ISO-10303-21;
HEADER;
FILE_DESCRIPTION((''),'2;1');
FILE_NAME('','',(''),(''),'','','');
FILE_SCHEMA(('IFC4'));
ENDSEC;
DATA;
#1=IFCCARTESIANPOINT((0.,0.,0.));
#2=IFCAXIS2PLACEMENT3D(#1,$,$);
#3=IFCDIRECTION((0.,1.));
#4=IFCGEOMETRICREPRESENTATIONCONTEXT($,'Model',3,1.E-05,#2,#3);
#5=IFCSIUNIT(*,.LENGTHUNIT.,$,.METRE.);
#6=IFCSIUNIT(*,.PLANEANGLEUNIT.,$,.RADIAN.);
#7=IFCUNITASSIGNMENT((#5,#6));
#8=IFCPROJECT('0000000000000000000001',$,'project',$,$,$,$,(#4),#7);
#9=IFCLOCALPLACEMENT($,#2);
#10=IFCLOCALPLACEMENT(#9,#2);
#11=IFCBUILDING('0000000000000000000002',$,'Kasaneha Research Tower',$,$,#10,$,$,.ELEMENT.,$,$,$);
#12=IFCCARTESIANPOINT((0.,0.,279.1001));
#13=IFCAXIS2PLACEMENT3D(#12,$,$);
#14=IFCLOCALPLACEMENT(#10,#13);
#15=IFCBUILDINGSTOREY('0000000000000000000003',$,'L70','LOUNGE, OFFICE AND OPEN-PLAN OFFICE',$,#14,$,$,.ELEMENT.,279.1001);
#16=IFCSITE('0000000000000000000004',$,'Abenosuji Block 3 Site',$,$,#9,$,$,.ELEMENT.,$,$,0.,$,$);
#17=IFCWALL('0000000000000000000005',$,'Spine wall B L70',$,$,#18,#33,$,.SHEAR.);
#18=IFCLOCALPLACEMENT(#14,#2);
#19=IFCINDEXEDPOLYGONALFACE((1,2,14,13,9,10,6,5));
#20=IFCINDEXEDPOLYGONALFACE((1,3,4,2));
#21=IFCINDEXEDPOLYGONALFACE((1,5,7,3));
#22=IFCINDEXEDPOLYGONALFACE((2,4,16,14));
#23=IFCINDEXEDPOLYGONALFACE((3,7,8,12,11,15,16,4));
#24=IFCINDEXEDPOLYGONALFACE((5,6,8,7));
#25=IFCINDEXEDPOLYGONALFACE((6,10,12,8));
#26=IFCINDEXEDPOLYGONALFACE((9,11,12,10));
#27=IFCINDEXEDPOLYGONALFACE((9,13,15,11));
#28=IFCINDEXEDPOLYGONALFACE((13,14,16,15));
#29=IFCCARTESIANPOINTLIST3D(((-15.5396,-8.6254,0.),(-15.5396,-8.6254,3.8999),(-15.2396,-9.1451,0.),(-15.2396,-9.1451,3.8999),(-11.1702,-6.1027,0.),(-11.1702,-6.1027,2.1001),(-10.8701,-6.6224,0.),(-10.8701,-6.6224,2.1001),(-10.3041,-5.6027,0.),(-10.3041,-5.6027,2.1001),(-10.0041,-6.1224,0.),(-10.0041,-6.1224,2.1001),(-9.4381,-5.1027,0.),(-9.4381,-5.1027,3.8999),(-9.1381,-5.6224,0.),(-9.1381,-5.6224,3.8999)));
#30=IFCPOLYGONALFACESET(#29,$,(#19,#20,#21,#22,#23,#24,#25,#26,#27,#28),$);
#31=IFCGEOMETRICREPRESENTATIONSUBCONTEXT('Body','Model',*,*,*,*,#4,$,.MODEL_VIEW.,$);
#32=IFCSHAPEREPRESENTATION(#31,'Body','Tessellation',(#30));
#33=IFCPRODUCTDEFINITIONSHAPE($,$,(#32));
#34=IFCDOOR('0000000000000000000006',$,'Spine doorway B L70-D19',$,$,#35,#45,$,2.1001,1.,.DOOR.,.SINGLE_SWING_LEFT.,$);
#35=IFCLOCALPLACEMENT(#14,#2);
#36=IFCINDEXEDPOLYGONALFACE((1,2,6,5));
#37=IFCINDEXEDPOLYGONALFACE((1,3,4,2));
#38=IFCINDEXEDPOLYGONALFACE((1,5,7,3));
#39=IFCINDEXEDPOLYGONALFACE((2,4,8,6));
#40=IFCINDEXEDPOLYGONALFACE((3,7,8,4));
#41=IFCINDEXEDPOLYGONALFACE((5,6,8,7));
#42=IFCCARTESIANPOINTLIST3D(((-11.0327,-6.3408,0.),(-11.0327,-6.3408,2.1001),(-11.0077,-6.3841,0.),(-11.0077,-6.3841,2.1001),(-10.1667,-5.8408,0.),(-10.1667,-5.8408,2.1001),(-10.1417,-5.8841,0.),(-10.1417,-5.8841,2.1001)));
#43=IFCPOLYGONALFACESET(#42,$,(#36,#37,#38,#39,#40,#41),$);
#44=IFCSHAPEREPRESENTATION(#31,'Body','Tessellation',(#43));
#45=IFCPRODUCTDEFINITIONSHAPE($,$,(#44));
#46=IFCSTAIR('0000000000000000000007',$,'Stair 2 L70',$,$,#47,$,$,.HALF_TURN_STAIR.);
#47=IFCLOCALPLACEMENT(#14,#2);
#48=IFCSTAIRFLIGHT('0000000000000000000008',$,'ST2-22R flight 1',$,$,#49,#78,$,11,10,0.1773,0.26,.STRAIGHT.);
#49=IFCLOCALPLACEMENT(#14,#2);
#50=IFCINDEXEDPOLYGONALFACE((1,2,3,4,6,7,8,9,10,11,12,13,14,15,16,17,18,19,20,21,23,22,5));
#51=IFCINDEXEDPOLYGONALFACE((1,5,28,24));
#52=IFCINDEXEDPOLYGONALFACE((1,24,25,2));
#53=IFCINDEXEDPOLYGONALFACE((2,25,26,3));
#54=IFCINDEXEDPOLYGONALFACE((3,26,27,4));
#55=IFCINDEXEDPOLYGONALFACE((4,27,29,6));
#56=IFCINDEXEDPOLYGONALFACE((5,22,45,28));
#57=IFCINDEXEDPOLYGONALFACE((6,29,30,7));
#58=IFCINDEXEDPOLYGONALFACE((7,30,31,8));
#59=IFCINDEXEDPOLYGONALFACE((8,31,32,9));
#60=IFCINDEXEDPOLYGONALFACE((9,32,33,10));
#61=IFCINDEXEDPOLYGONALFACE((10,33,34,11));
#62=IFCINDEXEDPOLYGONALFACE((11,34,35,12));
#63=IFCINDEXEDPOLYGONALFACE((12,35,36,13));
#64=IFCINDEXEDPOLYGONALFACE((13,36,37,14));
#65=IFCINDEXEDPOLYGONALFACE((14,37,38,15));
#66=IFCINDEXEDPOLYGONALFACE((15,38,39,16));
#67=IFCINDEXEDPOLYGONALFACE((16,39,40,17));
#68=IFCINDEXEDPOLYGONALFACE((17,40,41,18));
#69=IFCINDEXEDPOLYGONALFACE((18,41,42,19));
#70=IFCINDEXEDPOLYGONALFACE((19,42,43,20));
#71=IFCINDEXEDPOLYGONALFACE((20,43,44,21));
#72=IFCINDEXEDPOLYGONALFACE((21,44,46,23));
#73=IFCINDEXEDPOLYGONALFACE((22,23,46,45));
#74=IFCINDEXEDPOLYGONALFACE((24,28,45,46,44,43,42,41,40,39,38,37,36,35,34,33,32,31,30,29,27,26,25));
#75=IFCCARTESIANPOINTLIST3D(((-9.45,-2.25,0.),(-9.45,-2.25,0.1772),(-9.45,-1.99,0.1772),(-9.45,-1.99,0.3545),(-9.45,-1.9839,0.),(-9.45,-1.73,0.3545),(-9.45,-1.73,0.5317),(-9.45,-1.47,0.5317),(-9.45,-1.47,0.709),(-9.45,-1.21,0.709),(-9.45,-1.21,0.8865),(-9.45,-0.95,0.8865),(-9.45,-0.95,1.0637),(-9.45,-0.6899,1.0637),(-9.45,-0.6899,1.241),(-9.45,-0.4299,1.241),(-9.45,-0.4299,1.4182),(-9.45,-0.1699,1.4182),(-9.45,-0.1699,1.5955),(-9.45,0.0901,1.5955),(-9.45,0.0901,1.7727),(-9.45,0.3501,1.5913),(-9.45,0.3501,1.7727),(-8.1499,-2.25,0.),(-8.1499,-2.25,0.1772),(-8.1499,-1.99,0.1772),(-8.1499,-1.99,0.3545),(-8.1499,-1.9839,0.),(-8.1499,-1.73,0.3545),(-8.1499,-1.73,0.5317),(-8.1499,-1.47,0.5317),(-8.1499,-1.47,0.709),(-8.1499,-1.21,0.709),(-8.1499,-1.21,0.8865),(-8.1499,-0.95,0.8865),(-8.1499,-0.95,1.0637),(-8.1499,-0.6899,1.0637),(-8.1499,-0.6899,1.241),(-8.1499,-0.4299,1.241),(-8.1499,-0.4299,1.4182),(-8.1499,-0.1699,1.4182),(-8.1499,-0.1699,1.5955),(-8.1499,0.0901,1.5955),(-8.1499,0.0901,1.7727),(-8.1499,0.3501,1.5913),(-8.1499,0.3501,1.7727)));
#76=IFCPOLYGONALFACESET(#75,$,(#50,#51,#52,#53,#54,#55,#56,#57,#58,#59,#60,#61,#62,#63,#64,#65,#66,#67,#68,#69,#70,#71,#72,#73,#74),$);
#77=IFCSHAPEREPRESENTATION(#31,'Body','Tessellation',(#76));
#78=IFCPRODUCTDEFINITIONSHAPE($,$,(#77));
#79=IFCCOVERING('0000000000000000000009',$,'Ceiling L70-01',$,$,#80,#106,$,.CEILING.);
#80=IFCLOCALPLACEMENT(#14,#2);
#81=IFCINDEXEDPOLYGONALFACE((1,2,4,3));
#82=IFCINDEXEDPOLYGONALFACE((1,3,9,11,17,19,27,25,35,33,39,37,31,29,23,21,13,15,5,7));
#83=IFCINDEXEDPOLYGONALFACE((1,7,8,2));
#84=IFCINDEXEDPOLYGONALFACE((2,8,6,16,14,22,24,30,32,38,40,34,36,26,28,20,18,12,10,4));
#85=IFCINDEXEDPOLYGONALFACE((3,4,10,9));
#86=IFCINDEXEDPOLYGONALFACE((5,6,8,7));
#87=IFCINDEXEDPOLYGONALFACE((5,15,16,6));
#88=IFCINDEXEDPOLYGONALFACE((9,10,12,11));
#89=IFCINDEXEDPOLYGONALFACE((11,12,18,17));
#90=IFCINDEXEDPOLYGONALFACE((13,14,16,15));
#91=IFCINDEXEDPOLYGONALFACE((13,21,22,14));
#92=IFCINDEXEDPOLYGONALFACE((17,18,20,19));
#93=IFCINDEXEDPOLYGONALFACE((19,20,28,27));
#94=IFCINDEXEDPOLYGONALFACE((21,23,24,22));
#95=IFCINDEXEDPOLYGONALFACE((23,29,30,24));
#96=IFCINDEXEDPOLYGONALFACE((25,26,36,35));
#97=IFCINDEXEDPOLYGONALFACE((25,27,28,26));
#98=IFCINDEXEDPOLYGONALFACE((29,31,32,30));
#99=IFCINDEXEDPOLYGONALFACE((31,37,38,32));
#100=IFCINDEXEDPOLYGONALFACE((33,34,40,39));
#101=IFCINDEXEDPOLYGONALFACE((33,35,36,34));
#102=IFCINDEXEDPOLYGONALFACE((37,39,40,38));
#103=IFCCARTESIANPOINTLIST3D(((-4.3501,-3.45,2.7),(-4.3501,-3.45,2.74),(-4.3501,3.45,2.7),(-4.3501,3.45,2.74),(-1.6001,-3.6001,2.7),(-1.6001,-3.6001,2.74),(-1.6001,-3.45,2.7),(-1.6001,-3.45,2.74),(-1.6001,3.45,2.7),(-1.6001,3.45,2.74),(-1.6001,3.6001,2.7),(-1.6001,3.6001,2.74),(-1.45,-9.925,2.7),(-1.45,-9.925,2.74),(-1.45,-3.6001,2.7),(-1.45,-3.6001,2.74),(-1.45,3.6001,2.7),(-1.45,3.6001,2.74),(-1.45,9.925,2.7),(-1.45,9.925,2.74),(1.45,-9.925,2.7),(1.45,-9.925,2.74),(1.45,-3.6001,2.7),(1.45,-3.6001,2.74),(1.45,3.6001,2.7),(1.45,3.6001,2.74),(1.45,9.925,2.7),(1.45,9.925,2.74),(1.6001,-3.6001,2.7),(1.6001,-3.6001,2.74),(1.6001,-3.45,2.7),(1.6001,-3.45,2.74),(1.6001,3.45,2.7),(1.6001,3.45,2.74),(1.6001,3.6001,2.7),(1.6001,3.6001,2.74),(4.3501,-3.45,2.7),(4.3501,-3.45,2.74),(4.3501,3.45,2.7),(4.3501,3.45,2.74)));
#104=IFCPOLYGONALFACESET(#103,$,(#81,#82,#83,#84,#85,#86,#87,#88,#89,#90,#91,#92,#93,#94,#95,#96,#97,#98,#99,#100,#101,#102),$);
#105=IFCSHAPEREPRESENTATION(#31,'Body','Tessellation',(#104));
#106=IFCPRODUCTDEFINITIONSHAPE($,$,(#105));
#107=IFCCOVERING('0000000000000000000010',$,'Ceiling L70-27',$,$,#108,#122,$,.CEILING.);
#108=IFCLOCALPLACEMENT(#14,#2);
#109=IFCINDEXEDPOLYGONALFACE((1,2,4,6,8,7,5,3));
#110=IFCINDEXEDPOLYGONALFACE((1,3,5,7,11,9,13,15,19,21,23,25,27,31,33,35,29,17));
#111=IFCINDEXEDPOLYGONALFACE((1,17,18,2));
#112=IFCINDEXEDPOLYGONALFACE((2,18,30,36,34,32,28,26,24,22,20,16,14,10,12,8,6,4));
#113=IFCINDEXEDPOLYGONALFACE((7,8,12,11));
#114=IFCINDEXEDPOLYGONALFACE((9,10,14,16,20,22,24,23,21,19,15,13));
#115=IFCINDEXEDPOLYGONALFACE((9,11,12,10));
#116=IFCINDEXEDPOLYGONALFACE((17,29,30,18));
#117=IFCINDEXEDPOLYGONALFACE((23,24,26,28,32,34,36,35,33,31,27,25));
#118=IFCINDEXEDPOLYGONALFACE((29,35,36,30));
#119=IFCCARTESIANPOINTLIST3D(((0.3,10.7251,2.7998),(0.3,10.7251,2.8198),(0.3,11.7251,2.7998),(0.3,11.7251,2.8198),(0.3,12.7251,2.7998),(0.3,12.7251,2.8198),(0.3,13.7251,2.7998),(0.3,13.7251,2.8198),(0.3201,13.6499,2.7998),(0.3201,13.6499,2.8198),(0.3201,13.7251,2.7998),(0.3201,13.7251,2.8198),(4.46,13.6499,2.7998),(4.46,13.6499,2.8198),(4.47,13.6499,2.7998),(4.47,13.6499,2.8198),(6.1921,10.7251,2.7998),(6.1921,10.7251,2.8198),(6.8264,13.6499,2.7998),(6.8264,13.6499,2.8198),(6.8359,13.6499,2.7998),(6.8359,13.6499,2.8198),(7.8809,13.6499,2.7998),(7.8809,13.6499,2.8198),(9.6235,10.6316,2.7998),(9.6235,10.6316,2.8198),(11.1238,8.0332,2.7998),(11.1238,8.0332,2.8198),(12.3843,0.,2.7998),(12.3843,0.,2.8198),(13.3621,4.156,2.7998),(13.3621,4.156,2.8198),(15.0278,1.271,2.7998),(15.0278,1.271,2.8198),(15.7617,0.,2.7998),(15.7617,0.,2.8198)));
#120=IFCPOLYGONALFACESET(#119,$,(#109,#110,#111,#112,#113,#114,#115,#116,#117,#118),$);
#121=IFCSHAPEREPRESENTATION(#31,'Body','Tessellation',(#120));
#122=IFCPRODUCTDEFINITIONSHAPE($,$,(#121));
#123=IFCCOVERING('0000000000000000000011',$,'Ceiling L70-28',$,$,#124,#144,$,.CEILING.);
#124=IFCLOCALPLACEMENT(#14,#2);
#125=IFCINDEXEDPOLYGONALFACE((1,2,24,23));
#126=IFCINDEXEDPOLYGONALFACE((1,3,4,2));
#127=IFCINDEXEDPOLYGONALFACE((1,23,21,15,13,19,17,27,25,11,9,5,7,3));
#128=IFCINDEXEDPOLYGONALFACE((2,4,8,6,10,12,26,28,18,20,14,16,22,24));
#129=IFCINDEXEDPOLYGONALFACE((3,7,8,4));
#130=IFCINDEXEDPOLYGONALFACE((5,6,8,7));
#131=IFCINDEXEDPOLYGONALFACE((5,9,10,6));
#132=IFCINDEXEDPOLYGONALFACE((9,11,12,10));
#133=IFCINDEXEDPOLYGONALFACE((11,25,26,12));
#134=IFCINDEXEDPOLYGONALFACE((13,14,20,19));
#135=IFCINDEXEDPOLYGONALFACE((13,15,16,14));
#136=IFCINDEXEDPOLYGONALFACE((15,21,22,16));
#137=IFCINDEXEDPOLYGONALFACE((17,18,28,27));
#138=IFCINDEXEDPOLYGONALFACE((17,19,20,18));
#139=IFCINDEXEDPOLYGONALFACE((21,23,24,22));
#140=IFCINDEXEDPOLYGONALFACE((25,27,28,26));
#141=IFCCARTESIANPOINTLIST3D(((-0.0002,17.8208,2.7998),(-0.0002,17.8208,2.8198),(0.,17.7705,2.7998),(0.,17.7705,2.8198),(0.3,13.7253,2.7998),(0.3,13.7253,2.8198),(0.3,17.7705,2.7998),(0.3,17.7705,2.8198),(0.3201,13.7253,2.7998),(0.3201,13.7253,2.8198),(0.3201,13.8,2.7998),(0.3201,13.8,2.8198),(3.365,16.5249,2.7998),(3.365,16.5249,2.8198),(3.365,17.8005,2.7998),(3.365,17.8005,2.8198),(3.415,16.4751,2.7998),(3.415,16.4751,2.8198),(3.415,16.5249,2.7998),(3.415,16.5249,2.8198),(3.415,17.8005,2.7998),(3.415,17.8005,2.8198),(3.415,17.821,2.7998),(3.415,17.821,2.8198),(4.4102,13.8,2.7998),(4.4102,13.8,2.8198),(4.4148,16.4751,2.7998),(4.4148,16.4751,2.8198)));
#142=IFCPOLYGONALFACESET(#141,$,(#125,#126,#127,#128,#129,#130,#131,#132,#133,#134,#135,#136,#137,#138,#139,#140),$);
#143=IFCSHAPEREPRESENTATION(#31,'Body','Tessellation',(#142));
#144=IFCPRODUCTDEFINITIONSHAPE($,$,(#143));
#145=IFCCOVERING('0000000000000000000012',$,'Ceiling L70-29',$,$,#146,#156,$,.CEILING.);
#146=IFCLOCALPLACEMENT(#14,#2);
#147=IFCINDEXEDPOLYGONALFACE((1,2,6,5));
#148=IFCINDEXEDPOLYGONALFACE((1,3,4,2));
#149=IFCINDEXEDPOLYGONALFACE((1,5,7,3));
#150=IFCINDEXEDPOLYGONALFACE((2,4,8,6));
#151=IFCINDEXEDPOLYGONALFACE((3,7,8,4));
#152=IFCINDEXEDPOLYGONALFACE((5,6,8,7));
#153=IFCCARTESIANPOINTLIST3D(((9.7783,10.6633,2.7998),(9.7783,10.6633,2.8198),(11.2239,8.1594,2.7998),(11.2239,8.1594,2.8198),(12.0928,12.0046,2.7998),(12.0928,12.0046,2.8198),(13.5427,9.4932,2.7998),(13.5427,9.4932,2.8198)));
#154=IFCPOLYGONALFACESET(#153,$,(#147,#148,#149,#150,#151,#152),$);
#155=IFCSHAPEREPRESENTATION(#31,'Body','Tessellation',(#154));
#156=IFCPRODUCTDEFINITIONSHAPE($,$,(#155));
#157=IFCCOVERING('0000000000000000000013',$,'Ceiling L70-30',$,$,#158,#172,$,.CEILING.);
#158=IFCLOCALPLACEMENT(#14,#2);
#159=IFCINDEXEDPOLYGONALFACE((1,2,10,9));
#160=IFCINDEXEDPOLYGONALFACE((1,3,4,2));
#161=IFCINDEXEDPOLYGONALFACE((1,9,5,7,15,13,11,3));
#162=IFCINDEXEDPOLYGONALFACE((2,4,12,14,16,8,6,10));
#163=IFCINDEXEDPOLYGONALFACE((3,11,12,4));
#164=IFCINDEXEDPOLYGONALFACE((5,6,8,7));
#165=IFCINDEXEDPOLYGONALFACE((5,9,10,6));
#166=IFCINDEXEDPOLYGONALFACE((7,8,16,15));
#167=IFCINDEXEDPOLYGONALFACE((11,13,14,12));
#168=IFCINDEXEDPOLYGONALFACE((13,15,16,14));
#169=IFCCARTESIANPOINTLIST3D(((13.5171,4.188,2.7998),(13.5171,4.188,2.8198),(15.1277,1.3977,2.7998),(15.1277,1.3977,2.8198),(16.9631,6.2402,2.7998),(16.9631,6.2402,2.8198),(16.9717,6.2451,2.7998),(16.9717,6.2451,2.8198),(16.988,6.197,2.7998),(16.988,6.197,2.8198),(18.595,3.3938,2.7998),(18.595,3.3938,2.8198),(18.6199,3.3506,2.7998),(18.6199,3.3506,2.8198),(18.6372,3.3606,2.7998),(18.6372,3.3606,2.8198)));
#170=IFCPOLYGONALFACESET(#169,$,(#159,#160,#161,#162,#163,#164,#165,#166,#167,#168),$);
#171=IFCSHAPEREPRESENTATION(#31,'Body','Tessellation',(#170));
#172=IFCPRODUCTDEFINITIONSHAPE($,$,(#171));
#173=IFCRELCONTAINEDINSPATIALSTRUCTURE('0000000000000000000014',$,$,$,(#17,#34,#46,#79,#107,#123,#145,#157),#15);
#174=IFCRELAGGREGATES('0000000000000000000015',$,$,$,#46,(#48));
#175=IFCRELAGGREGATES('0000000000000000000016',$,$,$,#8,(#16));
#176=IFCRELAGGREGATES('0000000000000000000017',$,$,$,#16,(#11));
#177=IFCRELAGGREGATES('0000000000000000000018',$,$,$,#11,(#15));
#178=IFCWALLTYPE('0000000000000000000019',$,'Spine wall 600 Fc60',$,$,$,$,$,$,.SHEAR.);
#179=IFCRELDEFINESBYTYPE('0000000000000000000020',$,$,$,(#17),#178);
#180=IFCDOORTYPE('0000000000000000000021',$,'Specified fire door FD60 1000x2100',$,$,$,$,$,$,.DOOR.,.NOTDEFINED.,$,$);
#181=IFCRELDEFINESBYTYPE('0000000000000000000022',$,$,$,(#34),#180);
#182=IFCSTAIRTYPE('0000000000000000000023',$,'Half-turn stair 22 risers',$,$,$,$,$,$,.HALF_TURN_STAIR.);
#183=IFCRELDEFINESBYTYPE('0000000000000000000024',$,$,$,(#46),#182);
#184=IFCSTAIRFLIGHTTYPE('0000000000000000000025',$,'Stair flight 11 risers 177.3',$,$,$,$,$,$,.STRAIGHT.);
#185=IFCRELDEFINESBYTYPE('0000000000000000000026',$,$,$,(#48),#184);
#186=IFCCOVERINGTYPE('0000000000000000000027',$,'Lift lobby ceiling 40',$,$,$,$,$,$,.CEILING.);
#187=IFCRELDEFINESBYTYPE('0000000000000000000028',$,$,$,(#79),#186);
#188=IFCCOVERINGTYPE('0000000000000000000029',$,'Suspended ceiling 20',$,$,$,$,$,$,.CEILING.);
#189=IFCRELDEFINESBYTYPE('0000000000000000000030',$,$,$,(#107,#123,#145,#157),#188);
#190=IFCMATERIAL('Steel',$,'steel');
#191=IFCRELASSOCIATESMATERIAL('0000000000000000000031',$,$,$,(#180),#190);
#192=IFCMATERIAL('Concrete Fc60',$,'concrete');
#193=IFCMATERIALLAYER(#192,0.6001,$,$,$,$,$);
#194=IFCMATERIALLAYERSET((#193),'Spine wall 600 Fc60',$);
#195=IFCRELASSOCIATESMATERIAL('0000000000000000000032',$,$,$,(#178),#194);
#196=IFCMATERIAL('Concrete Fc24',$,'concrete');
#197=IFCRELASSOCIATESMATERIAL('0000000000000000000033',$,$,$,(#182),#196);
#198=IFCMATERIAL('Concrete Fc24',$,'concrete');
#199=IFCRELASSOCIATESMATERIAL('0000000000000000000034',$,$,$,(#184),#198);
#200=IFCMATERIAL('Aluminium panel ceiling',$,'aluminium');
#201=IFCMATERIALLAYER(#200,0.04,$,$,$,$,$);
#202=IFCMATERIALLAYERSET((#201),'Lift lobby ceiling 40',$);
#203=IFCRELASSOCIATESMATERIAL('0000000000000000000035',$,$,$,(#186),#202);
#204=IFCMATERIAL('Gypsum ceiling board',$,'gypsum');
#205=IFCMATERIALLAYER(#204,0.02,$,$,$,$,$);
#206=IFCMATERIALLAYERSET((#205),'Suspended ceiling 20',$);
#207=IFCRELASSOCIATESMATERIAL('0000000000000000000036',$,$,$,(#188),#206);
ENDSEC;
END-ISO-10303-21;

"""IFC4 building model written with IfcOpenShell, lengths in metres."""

from ifc_helpers import new_model, si_unit, direction, frame, frame_2d, origin, place, context, subcontext, project, spatial, polyline, rectangle, outline, extrude, material, layer, layer_set, type_object, element, fill, aggregate, save


model = new_model("IFC4")

# Units and contexts
model_context = context("Model", 3, precision=1e-05, world=origin(), true_north=direction((0.0, 1.0)))
body_context = subcontext(model_context, "Body", "Model", "MODEL_VIEW")
ifc_project = project(units=[si_unit("LENGTHUNIT", "METRE"), si_unit("PLANEANGLEUNIT", "RADIAN")], contexts=[model_context])

# Site, building, storey
site_placement = place(None, origin())
site = spatial("IfcSite", under=ifc_project, at=site_placement, Name="Abenosuji Block 3 Site", CompositionType="ELEMENT", RefElevation=0.0)
building_placement = place(site_placement, origin())
building = spatial("IfcBuilding", under=site, at=building_placement, Name="Kasaneha Research Tower", CompositionType="ELEMENT")
storey_placement = place(building_placement, frame((0.0, 0.0, 279.1001)))
storey = spatial("IfcBuildingStorey", under=building, at=storey_placement, Name="L70", Description="LOUNGE, OFFICE AND OPEN-PLAN OFFICE", CompositionType="ELEMENT", Elevation=279.1001)

# Shared definitions
ifc_material_1 = material(Name="Steel", Category="steel")
door_type_1 = type_object("IfcDoorType", Name="Specified fire door FD60 1000x2100", OperationType="NOTDEFINED", PredefinedType="DOOR", material=ifc_material_1)

# Wall, opening, door
ifc_material_2 = material(Name="Concrete Fc60", Category="concrete")
ifc_layer_1 = layer(ifc_material_2, 0.6001)
ifc_layer_set_1 = layer_set([ifc_layer_1], Name="Spine wall 600 Fc60")
wall_type_1 = type_object("IfcWallType", Name="Spine wall 600 Fc60", PredefinedType="SHEAR", material=ifc_layer_set_1)
wall_1_placement = place(storey_placement, frame((-9.2881, -5.3625, 0.0), z_axis=(0.0, 0.0, 1.0), x_axis=(-0.866027, -0.499996, 0.0)))
wall_1 = element("IfcWall", 1, at=wall_1_placement, inside=storey, type_object=wall_type_1, Name="Spine wall B L70", PredefinedType="SHEAR", context=body_context, shape_type="SweptSolid", body=[
    extrude(rectangle(XDim=7.0454, YDim=0.6001, at=frame_2d((3.5227, 0.0))), origin(), (0.0, 0.0, 1.0), 3.8999),
])
opening_1_placement = place(wall_1_placement, frame((1.0, 0.0, 0.0)))
opening_1 = element("IfcOpeningElement", 2, at=opening_1_placement, cuts=wall_1, PredefinedType="OPENING", context=body_context, shape_type="SweptSolid", body=[
    extrude(rectangle(XDim=1.0, YDim=2.1001, at=frame_2d((0.5, 1.05))), frame((0.0, 0.3101, 0.0), z_axis=(0.0, -1.0, 0.0), x_axis=(1.0, 0.0, 0.0)), (0.0, 0.0, 1.0), 0.6201),
])
door_1_placement = place(opening_1_placement, origin())
door_1 = element("IfcDoor", 3, at=door_1_placement, inside=storey, type_object=door_type_1, Name="Spine doorway B L70-D19", OperationType="SINGLE_SWING_LEFT", OverallHeight=2.1001, OverallWidth=1.0, PredefinedType="DOOR", context=body_context, shape_type="SweptSolid", body=[
    extrude(rectangle(XDim=1.0, YDim=2.1001, at=frame_2d((0.5, 1.05))), frame((0.0, 0.0249, 0.0), z_axis=(0.0, -1.0, 0.0), x_axis=(1.0, 0.0, 0.0)), (0.0, 0.0, 1.0), 0.05),
])
fill(opening_1, door_1)

# Stair, stair flight
ifc_material_3 = material(Name="Concrete Fc24", Category="concrete")
stair_type = type_object("IfcStairType", Name="Half-turn stair 22 risers", PredefinedType="HALF_TURN_STAIR", material=ifc_material_3)
stair_placement = place(storey_placement, origin())
stair = element("IfcStair", 4, at=stair_placement, inside=storey, type_object=stair_type, Name="Stair 2 L70", PredefinedType="HALF_TURN_STAIR")
ifc_material_4 = material(Name="Concrete Fc24", Category="concrete")
stair_flight_type = type_object("IfcStairFlightType", Name="Stair flight 11 risers 177.3", PredefinedType="STRAIGHT", material=ifc_material_4)
stair_flight_placement = place(storey_placement, frame((-8.8, -2.25, 0.0), z_axis=(0.0, 0.0, 1.0), x_axis=(0.0, 1.0, 0.0)))
stair_flight = element("IfcStairFlight", 5, at=stair_flight_placement, type_object=stair_flight_type, Name="ST2-22R flight 1", NumberOfRisers=11, NumberOfTreads=10, PredefinedType="STRAIGHT", RiserHeight=0.1773, TreadLength=0.26, context=body_context, shape_type="SweptSolid", body=[
    extrude(outline(polyline([(0.0, 0.0), (0.0, 0.1772), (0.26, 0.1772), (0.26, 0.3545), (0.52, 0.3545), (0.52, 0.5317), (0.78, 0.5317), (0.78, 0.709), (1.04, 0.709), (1.04, 0.8865), (1.3, 0.8865), (1.3, 1.0637), (1.5601, 1.0637), (1.5601, 1.241), (1.8201, 1.241), (1.8201, 1.4182), (2.0801, 1.4182), (2.0801, 1.5955), (2.3401, 1.5955), (2.3401, 1.7727), (2.6001, 1.7727), (2.6001, 1.95), (2.6001, 1.5913), (0.2661, 0.0), (0.0, 0.0)])), frame((0.0, 0.6499, 0.0), z_axis=(0.0, -1.0, 0.0), x_axis=(1.0, 0.0, 0.0)), (0.0, 0.0, 1.0), 1.3),
])
aggregate(stair, [stair_flight])

# Coverings
ifc_material_5 = material(Name="Aluminium panel ceiling", Category="aluminium")
ifc_layer_2 = layer(ifc_material_5, 0.04)
ifc_layer_set_2 = layer_set([ifc_layer_2], Name="Lift lobby ceiling 40")
covering_type_1 = type_object("IfcCoveringType", Name="Lift lobby ceiling 40", PredefinedType="CEILING", material=ifc_layer_set_2)
covering_1_placement = place(storey_placement, frame((0.0, 0.0, 2.7)))
element("IfcCovering", 6, at=covering_1_placement, inside=storey, type_object=covering_type_1, Name="Ceiling L70-01", PredefinedType="CEILING", context=body_context, shape_type="SweptSolid", body=[
    extrude(outline(polyline([(1.45, 9.925), (1.45, 3.6001), (1.6001, 3.6001), (1.6001, 3.45), (4.3501, 3.45), (4.3501, -3.45), (1.6001, -3.45), (1.6001, -3.6001), (1.45, -3.6001), (1.45, -9.925), (-1.45, -9.925), (-1.45, -3.6001), (-1.6001, -3.6001), (-1.6001, -3.45), (-4.3501, -3.45), (-4.3501, 3.45), (-1.6001, 3.45), (-1.6001, 3.6001), (-1.45, 3.6001), (-1.45, 9.925), (1.45, 9.925)])), origin(), (0.0, 0.0, 1.0), 0.04),
])
ifc_material_6 = material(Name="Gypsum ceiling board", Category="gypsum")
ifc_layer_3 = layer(ifc_material_6, 0.02)
ifc_layer_set_3 = layer_set([ifc_layer_3], Name="Suspended ceiling 20")
covering_type_2 = type_object("IfcCoveringType", Name="Suspended ceiling 20", PredefinedType="CEILING", material=ifc_layer_set_3)
covering_2_placement = place(storey_placement, frame((0.0, 0.0, 2.7998)))
element("IfcCovering", 7, at=covering_2_placement, inside=storey, type_object=covering_type_2, Name="Ceiling L70-27", PredefinedType="CEILING", context=body_context, shape_type="SweptSolid", body=[
    extrude(outline(polyline([(6.1921, 10.7251), (0.3, 10.7251), (0.3, 11.7251), (0.3, 12.7251), (0.3, 13.7251), (0.3201, 13.7251), (0.3201, 13.6499), (4.46, 13.6499), (4.47, 13.6499), (6.8264, 13.6499), (6.8359, 13.6499), (7.8809, 13.6499), (9.6235, 10.6316), (9.6235, 10.6316), (11.1238, 8.0332), (11.1238, 8.0332), (13.3621, 4.156), (13.3621, 4.156), (15.0278, 1.271), (15.0278, 1.271), (15.7617, 0.0), (12.3843, 0.0), (6.1921, 10.7251)])), origin(), (0.0, 0.0, 1.0), 0.02),
])
covering_3_placement = place(storey_placement, frame((0.0, 0.0, 2.7998)))
element("IfcCovering", 8, at=covering_3_placement, inside=storey, type_object=covering_type_2, Name="Ceiling L70-28", PredefinedType="CEILING", context=body_context, shape_type="SweptSolid", body=[
    extrude(outline(polyline([(0.3, 13.7253), (0.3, 17.7705), (0.0, 17.7705), (-0.0002, 17.8208), (3.415, 17.821), (3.415, 17.8005), (3.365, 17.8005), (3.365, 16.5249), (3.415, 16.5249), (3.415, 16.5249), (3.415, 16.5249), (3.415, 16.4751), (4.4148, 16.4751), (4.4102, 13.8), (0.3201, 13.8), (0.3201, 13.7253), (0.3, 13.7253)])), origin(), (0.0, 0.0, 1.0), 0.02),
])
covering_4_placement = place(storey_placement, frame((0.0, 0.0, 2.7998)))
element("IfcCovering", 9, at=covering_4_placement, inside=storey, type_object=covering_type_2, Name="Ceiling L70-29", PredefinedType="CEILING", context=body_context, shape_type="SweptSolid", body=[
    extrude(outline(polyline([(12.0928, 12.0046), (13.5427, 9.4932), (11.2239, 8.1594), (9.7783, 10.6633), (12.0928, 12.0046)])), origin(), (0.0, 0.0, 1.0), 0.02),
])
covering_5_placement = place(storey_placement, frame((0.0, 0.0, 2.7998)))
element("IfcCovering", 10, at=covering_5_placement, inside=storey, type_object=covering_type_2, Name="Ceiling L70-30", PredefinedType="CEILING", context=body_context, shape_type="SweptSolid", body=[
    extrude(outline(polyline([(18.6199, 3.3506), (18.595, 3.3938), (15.1277, 1.3977), (13.5171, 4.188), (16.988, 6.197), (16.9631, 6.2402), (16.9717, 6.2451), (18.6372, 3.3606), (18.6199, 3.3506)])), origin(), (0.0, 0.0, 1.0), 0.02),
])

save(model, "model.ifc")
